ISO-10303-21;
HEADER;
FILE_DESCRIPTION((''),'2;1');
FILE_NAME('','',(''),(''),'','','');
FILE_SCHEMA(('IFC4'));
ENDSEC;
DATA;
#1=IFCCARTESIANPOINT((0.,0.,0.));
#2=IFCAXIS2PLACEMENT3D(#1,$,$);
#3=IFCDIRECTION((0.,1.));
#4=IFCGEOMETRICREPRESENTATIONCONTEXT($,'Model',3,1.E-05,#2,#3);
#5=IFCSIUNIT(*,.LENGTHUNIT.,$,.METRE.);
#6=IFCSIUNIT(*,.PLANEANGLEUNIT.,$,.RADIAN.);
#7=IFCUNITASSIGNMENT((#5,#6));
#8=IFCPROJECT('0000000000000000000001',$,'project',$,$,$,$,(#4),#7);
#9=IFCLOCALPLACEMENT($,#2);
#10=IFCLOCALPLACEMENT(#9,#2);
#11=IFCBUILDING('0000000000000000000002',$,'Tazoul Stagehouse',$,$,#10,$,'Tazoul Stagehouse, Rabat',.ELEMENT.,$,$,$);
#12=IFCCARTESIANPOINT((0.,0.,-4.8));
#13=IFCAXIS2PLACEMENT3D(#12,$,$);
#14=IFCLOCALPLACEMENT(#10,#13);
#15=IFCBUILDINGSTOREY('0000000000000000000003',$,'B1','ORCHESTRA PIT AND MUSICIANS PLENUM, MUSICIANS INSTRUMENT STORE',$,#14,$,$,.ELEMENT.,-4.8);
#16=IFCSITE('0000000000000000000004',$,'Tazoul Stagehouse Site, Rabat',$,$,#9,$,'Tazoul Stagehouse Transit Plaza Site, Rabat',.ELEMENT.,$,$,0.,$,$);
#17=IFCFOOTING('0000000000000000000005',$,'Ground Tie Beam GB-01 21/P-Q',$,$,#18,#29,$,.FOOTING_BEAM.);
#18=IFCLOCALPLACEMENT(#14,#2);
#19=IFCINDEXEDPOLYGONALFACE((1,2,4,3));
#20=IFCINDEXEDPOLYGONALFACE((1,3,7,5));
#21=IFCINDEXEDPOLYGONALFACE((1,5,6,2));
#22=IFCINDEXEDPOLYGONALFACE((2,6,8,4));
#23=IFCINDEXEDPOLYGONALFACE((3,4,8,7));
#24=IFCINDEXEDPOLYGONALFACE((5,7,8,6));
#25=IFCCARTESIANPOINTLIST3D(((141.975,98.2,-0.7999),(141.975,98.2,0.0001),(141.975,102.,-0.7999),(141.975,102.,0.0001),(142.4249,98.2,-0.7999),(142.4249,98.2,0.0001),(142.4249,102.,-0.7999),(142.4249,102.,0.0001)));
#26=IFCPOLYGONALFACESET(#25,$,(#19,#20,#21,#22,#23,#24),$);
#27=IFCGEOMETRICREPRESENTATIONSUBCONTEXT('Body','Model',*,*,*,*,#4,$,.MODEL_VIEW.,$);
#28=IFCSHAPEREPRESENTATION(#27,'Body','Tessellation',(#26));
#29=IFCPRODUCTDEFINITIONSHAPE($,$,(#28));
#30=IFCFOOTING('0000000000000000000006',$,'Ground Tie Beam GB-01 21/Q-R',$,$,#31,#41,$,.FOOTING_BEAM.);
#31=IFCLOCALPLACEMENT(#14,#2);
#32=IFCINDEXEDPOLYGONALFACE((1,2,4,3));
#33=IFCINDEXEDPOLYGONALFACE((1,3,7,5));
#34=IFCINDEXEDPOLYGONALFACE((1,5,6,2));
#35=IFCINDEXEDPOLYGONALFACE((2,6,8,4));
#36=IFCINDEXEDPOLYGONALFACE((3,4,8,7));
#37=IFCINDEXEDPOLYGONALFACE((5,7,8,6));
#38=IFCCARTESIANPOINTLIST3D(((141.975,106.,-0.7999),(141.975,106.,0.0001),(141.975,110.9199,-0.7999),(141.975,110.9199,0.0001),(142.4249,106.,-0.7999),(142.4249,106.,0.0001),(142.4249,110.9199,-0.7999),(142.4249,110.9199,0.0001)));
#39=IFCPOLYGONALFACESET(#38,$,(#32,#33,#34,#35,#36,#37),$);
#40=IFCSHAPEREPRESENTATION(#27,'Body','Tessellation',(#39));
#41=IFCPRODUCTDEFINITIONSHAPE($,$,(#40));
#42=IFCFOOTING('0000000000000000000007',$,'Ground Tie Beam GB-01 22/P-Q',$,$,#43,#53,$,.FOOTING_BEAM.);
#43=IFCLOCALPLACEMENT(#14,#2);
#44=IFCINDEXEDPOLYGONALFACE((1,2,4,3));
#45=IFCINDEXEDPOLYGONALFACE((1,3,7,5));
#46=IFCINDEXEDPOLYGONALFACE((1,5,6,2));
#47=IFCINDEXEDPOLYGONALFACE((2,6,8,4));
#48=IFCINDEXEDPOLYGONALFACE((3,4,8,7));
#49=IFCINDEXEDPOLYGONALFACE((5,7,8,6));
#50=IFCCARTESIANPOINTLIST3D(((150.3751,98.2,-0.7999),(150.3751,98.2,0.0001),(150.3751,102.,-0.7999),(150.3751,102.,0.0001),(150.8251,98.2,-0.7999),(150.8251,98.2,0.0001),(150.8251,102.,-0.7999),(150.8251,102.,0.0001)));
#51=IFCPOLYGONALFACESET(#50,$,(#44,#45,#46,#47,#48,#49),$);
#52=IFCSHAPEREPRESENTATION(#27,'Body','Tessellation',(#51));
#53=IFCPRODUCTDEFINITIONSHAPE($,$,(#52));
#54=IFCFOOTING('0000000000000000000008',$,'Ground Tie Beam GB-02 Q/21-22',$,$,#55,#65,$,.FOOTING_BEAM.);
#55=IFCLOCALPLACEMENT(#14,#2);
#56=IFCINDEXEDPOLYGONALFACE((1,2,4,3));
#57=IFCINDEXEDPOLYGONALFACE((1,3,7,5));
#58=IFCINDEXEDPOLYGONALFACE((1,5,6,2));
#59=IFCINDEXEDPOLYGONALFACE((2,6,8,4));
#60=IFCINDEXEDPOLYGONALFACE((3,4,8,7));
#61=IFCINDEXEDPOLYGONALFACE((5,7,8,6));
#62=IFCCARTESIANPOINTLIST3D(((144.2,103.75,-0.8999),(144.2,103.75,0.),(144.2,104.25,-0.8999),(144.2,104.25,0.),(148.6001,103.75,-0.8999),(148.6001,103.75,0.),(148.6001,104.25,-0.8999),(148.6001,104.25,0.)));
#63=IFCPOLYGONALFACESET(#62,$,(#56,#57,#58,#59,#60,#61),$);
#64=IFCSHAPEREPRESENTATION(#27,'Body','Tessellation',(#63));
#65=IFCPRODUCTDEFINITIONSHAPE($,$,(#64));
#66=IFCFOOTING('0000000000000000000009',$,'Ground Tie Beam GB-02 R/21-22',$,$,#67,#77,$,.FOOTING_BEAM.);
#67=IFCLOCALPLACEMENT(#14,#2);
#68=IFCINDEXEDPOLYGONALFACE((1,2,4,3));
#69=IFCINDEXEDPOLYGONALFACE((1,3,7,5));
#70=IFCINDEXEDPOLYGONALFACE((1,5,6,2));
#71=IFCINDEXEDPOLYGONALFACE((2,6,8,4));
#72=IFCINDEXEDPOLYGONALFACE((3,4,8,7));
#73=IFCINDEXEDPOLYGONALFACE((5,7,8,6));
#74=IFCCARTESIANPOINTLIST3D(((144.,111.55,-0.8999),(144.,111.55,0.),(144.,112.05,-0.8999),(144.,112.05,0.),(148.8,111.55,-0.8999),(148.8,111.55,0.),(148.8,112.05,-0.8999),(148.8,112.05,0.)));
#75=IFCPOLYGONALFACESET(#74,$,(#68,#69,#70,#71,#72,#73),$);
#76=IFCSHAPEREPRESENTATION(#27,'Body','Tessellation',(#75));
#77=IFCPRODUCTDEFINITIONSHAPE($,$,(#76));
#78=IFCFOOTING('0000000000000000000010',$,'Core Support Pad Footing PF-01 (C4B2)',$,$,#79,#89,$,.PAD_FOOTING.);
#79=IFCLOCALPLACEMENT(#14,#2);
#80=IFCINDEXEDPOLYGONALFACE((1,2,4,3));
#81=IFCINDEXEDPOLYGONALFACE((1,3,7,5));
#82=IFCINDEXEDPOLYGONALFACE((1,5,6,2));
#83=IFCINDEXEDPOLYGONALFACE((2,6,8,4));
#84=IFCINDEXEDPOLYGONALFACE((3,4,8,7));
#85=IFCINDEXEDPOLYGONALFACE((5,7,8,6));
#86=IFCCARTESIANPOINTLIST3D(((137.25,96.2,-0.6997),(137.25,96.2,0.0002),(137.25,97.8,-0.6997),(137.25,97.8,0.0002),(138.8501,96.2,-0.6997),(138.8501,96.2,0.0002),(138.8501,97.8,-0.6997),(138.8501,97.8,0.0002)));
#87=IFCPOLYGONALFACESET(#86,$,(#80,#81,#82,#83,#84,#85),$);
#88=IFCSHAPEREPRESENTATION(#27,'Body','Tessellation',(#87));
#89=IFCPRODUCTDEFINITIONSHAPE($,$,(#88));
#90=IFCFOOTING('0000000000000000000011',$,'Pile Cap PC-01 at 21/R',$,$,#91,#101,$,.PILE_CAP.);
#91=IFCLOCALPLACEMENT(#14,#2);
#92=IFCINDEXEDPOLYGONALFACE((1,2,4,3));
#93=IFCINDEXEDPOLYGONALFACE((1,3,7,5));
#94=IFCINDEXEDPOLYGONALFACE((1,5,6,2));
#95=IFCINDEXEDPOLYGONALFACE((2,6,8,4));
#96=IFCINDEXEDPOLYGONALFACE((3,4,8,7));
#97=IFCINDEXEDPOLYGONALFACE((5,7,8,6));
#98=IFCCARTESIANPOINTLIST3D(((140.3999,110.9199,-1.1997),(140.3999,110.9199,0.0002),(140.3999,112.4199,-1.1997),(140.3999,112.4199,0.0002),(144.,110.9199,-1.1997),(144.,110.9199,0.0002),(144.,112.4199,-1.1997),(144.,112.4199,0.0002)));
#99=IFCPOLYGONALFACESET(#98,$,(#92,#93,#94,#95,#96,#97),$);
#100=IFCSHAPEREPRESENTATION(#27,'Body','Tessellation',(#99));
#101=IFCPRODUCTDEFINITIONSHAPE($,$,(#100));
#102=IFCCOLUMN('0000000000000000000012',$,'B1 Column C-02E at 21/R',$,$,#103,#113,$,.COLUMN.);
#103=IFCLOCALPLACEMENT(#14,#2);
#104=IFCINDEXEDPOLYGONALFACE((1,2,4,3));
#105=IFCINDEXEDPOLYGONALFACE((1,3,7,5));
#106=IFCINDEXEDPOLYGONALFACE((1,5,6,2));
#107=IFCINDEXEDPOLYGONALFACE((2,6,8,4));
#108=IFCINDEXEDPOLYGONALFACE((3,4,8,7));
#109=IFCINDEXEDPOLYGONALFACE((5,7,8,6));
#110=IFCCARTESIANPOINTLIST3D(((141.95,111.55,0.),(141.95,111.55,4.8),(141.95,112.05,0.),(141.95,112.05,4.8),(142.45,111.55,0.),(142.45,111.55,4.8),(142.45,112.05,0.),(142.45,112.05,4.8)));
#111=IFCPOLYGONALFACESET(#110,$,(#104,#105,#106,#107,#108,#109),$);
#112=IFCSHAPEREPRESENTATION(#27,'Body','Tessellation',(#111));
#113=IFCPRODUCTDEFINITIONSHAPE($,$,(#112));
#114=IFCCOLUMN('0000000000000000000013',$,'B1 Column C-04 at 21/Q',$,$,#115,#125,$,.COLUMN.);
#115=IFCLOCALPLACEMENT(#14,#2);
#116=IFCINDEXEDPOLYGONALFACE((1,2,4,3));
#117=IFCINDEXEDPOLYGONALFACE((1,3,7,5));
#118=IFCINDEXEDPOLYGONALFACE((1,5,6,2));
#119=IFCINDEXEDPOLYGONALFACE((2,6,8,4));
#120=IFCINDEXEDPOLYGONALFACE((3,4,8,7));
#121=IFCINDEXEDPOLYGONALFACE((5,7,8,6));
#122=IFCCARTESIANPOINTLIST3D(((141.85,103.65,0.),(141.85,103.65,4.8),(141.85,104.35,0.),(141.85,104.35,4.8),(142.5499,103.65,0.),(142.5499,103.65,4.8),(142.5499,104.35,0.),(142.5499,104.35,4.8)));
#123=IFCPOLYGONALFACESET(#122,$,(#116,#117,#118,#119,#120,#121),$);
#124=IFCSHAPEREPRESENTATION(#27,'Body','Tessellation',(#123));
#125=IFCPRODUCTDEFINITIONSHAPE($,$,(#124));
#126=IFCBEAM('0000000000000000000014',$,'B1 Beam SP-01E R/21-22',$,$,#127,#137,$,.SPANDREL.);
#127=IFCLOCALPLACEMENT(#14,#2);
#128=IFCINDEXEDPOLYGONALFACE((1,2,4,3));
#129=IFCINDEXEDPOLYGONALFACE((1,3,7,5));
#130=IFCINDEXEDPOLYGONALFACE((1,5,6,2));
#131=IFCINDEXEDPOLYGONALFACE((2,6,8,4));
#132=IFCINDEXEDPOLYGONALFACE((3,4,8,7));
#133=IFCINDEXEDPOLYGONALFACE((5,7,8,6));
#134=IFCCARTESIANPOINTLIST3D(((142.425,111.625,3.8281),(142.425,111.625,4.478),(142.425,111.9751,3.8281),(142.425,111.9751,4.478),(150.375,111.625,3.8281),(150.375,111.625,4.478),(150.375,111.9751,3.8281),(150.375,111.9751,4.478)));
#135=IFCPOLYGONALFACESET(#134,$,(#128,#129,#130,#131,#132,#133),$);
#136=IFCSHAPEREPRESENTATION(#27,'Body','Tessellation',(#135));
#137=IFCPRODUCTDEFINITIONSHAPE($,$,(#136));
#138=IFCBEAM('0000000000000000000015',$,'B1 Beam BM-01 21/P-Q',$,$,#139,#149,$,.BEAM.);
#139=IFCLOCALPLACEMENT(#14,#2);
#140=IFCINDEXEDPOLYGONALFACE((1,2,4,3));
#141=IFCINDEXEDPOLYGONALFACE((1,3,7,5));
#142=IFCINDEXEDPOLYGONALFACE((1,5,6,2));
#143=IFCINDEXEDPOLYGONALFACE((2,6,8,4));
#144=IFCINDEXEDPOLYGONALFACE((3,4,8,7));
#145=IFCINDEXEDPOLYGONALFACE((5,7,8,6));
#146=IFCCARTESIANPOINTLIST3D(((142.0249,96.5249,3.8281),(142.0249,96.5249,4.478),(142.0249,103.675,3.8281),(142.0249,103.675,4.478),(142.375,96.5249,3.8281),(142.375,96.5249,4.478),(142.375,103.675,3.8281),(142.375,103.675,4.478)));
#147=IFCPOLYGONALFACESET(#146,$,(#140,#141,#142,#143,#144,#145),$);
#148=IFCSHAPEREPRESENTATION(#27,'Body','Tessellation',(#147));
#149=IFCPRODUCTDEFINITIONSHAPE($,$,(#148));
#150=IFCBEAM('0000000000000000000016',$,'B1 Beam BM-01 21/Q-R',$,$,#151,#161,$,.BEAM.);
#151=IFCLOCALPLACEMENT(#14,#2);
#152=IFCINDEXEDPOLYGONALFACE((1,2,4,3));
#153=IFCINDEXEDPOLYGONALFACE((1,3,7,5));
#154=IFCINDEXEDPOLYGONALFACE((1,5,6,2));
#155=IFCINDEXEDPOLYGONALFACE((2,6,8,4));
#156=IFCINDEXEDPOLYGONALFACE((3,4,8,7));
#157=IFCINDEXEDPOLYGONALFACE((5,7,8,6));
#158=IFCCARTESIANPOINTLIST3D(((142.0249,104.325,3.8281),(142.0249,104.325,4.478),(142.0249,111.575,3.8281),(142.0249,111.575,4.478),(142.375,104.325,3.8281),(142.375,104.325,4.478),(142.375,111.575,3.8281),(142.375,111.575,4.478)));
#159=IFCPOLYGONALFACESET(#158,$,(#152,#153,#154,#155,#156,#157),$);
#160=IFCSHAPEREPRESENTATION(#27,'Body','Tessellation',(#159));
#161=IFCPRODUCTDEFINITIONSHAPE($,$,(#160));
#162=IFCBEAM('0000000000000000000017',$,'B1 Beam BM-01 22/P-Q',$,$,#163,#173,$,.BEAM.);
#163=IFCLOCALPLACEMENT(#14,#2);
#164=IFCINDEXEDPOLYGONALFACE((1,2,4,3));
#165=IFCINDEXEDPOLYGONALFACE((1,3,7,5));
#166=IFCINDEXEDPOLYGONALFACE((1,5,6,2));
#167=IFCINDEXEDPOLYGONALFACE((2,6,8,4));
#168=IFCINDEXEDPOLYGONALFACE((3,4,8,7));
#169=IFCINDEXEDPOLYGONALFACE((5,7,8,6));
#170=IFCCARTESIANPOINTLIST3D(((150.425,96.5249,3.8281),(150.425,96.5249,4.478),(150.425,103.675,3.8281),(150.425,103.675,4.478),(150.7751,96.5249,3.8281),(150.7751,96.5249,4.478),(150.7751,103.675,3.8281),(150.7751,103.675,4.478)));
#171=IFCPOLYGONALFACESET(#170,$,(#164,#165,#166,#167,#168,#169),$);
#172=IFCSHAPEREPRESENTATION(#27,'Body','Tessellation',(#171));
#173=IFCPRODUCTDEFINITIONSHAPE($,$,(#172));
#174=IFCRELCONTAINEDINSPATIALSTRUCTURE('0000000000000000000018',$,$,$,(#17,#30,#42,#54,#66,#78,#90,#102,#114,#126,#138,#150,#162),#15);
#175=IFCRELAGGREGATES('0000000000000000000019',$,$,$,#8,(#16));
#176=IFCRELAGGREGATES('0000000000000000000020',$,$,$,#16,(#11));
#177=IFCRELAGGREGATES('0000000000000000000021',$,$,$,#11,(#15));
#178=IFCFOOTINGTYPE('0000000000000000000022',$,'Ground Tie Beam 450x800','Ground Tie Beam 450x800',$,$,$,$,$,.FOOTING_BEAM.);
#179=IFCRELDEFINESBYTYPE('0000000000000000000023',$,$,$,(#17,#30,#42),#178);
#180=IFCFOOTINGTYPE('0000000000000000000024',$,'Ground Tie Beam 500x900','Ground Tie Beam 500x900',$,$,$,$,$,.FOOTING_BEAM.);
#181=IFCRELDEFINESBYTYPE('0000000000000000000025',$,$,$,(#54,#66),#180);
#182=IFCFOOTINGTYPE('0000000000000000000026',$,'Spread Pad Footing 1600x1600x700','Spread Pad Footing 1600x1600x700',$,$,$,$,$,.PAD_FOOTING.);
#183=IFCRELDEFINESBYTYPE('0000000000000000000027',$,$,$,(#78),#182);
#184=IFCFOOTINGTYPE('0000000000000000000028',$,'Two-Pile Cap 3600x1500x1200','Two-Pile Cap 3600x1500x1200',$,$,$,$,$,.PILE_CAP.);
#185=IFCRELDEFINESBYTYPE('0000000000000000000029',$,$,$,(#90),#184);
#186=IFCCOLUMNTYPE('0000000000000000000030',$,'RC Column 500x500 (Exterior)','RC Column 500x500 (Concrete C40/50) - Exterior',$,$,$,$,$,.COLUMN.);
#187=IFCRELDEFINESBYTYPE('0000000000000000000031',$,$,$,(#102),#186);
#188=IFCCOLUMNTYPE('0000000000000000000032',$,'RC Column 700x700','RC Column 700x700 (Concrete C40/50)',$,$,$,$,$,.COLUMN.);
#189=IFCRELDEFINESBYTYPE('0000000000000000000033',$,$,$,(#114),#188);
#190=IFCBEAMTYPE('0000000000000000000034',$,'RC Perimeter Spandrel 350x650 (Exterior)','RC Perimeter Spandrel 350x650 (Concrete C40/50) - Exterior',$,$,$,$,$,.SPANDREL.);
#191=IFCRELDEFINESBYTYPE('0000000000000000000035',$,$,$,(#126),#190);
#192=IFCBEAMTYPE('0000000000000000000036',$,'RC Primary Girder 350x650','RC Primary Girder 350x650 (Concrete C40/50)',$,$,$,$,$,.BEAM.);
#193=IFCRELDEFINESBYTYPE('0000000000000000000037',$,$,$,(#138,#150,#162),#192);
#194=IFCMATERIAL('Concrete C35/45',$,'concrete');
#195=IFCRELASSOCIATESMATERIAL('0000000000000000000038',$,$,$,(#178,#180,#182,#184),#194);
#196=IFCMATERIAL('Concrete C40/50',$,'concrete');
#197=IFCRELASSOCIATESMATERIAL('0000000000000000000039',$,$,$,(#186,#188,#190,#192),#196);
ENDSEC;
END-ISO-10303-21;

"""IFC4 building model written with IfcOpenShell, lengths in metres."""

from ifc_helpers import new_model, si_unit, direction, frame, origin, origin_2d, place, context, subcontext, project, spatial, rectangle, extrude, material, material_profile, profile_set, type_object, element, save


model = new_model("IFC4")

# Units and contexts
model_context = context("Model", 3, precision=1e-05, world=origin(), true_north=direction((0.0, 1.0)))
body_context = subcontext(model_context, "Body", "Model", "MODEL_VIEW")
ifc_project = project(units=[si_unit("LENGTHUNIT", "METRE"), si_unit("PLANEANGLEUNIT", "RADIAN")], contexts=[model_context])

# Site, building, storey
site_placement = place(None, origin())
site = spatial("IfcSite", under=ifc_project, at=site_placement, Name="Tazoul Stagehouse Site, Rabat", LongName="Tazoul Stagehouse Transit Plaza Site, Rabat", CompositionType="ELEMENT", RefElevation=0.0)
building_placement = place(site_placement, origin())
building = spatial("IfcBuilding", under=site, at=building_placement, Name="Tazoul Stagehouse", LongName="Tazoul Stagehouse, Rabat", CompositionType="ELEMENT")
storey_placement = place(building_placement, frame((0.0, 0.0, -4.8)))
storey = spatial("IfcBuildingStorey", under=building, at=storey_placement, Name="B1", Description="ORCHESTRA PIT AND MUSICIANS PLENUM, MUSICIANS INSTRUMENT STORE", CompositionType="ELEMENT", Elevation=-4.8)

# Shared definitions
ifc_material_1 = material(Name="Concrete C35/45", Category="concrete")

# Footings
ifc_material_profile_1 = material_profile(ifc_material_1, rectangle(XDim=0.45, YDim=0.8, at=origin_2d()), Name="RC 450x800")
ifc_profile_set_1 = profile_set([ifc_material_profile_1], Name="Concrete C35/45")
footing_type_1 = type_object("IfcFootingType", Name="Ground Tie Beam 450x800", Description="Ground Tie Beam 450x800", PredefinedType="FOOTING_BEAM", material=ifc_profile_set_1)
footing_1_placement = place(storey_placement, frame((142.2, 98.2, -0.3999), z_axis=(0.0, 1.0, 0.0), x_axis=(-1.0, 0.0, 0.0)))
element("IfcFooting", 1, at=footing_1_placement, inside=storey, type_object=footing_type_1, Name="Ground Tie Beam GB-01 21/P-Q", PredefinedType="FOOTING_BEAM", context=body_context, shape_type="SweptSolid", body=[
    extrude(rectangle(XDim=0.45, YDim=0.8, at=origin_2d()), origin(), (0.0, 0.0, 1.0), 3.8),
])
footing_2_placement = place(storey_placement, frame((142.2, 106.0, -0.3999), z_axis=(0.0, 1.0, 0.0), x_axis=(-1.0, 0.0, 0.0)))
element("IfcFooting", 2, at=footing_2_placement, inside=storey, type_object=footing_type_1, Name="Ground Tie Beam GB-01 21/Q-R", PredefinedType="FOOTING_BEAM", context=body_context, shape_type="SweptSolid", body=[
    extrude(rectangle(XDim=0.45, YDim=0.8, at=origin_2d()), origin(), (0.0, 0.0, 1.0), 4.9199),
])
footing_3_placement = place(storey_placement, frame((150.6001, 98.2, -0.3999), z_axis=(0.0, 1.0, 0.0), x_axis=(-1.0, 0.0, 0.0)))
element("IfcFooting", 3, at=footing_3_placement, inside=storey, type_object=footing_type_1, Name="Ground Tie Beam GB-01 22/P-Q", PredefinedType="FOOTING_BEAM", context=body_context, shape_type="SweptSolid", body=[
    extrude(rectangle(XDim=0.45, YDim=0.8, at=origin_2d()), origin(), (0.0, 0.0, 1.0), 3.8),
])
ifc_material_profile_2 = material_profile(ifc_material_1, rectangle(XDim=0.5, YDim=0.8999, at=origin_2d()), Name="RC 500x900")
ifc_profile_set_2 = profile_set([ifc_material_profile_2], Name="Concrete C35/45")
footing_type_2 = type_object("IfcFootingType", Name="Ground Tie Beam 500x900", Description="Ground Tie Beam 500x900", PredefinedType="FOOTING_BEAM", material=ifc_profile_set_2)
footing_4_placement = place(storey_placement, frame((144.2, 104.0, -0.45), z_axis=(1.0, 0.0, 0.0), x_axis=(0.0, 1.0, 0.0)))
element("IfcFooting", 4, at=footing_4_placement, inside=storey, type_object=footing_type_2, Name="Ground Tie Beam GB-02 Q/21-22", PredefinedType="FOOTING_BEAM", context=body_context, shape_type="SweptSolid", body=[
    extrude(rectangle(XDim=0.5, YDim=0.8999, at=origin_2d()), origin(), (0.0, 0.0, 1.0), 4.4001),
])
footing_5_placement = place(storey_placement, frame((144.0, 111.8, -0.45), z_axis=(1.0, 0.0, 0.0), x_axis=(0.0, 1.0, 0.0)))
element("IfcFooting", 5, at=footing_5_placement, inside=storey, type_object=footing_type_2, Name="Ground Tie Beam GB-02 R/21-22", PredefinedType="FOOTING_BEAM", context=body_context, shape_type="SweptSolid", body=[
    extrude(rectangle(XDim=0.5, YDim=0.8999, at=origin_2d()), origin(), (0.0, 0.0, 1.0), 4.8),
])
footing_type_3 = type_object("IfcFootingType", Name="Spread Pad Footing 1600x1600x700", Description="Spread Pad Footing 1600x1600x700", PredefinedType="PAD_FOOTING", material=ifc_material_1)
footing_6_placement = place(storey_placement, frame((138.05, 97.0, -0.6997), z_axis=(0.0, 0.0, 1.0), x_axis=(1.0, 0.0, 0.0)))
element("IfcFooting", 6, at=footing_6_placement, inside=storey, type_object=footing_type_3, Name="Core Support Pad Footing PF-01 (C4B2)", PredefinedType="PAD_FOOTING", context=body_context, shape_type="SweptSolid", body=[
    extrude(rectangle(XDim=1.6001, YDim=1.6001, at=origin_2d()), origin(), (0.0, 0.0, 1.0), 0.7),
])
footing_type_4 = type_object("IfcFootingType", Name="Two-Pile Cap 3600x1500x1200", Description="Two-Pile Cap 3600x1500x1200", PredefinedType="PILE_CAP", material=ifc_material_1)
footing_7_placement = place(storey_placement, frame((142.2, 111.6699, -1.1997), z_axis=(0.0, 0.0, 1.0), x_axis=(1.0, 0.0, 0.0)))
element("IfcFooting", 7, at=footing_7_placement, inside=storey, type_object=footing_type_4, Name="Pile Cap PC-01 at 21/R", PredefinedType="PILE_CAP", context=body_context, shape_type="SweptSolid", body=[
    extrude(rectangle(XDim=3.6001, YDim=1.5, at=origin_2d()), origin(), (0.0, 0.0, 1.0), 1.2),
])

# Columns
ifc_material_2 = material(Name="Concrete C40/50", Category="concrete")
ifc_material_profile_3 = material_profile(ifc_material_2, rectangle(XDim=0.5, YDim=0.5, at=origin_2d()), Name="RC 500x500")
ifc_profile_set_3 = profile_set([ifc_material_profile_3], Name="Concrete C40/50")
column_type_1 = type_object("IfcColumnType", Name="RC Column 500x500 (Exterior)", Description="RC Column 500x500 (Concrete C40/50) - Exterior", PredefinedType="COLUMN", material=ifc_profile_set_3)
column_1_placement = place(storey_placement, frame((142.2, 111.8, 0.0), z_axis=(0.0, 0.0, 1.0), x_axis=(1.0, 0.0, 0.0)))
element("IfcColumn", 8, at=column_1_placement, inside=storey, type_object=column_type_1, Name="B1 Column C-02E at 21/R", PredefinedType="COLUMN", context=body_context, shape_type="SweptSolid", body=[
    extrude(rectangle(XDim=0.5, YDim=0.5, at=origin_2d()), origin(), (0.0, 0.0, 1.0), 4.8),
])
ifc_material_profile_4 = material_profile(ifc_material_2, rectangle(XDim=0.7, YDim=0.7, at=origin_2d()), Name="RC 700x700")
ifc_profile_set_4 = profile_set([ifc_material_profile_4], Name="Concrete C40/50")
column_type_2 = type_object("IfcColumnType", Name="RC Column 700x700", Description="RC Column 700x700 (Concrete C40/50)", PredefinedType="COLUMN", material=ifc_profile_set_4)
column_2_placement = place(storey_placement, frame((142.2, 104.0, 0.0), z_axis=(0.0, 0.0, 1.0), x_axis=(1.0, 0.0, 0.0)))
element("IfcColumn", 9, at=column_2_placement, inside=storey, type_object=column_type_2, Name="B1 Column C-04 at 21/Q", PredefinedType="COLUMN", context=body_context, shape_type="SweptSolid", body=[
    extrude(rectangle(XDim=0.7, YDim=0.7, at=origin_2d()), origin(), (0.0, 0.0, 1.0), 4.8),
])

# Beams
ifc_material_profile_5 = material_profile(ifc_material_2, rectangle(XDim=0.3501, YDim=0.6499, at=origin_2d()), Name="RC 350x650")
ifc_profile_set_5 = profile_set([ifc_material_profile_5], Name="Concrete C40/50")
beam_type_1 = type_object("IfcBeamType", Name="RC Perimeter Spandrel 350x650 (Exterior)", Description="RC Perimeter Spandrel 350x650 (Concrete C40/50) - Exterior", PredefinedType="SPANDREL", material=ifc_profile_set_5)
beam_1_placement = place(storey_placement, frame((142.425, 111.8, 4.1531), z_axis=(1.0, 0.0, 0.0), x_axis=(0.0, 1.0, 0.0)))
element("IfcBeam", 10, at=beam_1_placement, inside=storey, type_object=beam_type_1, Name="B1 Beam SP-01E R/21-22", PredefinedType="SPANDREL", context=body_context, shape_type="SweptSolid", body=[
    extrude(rectangle(XDim=0.3501, YDim=0.6499, at=origin_2d()), origin(), (0.0, 0.0, 1.0), 7.95),
])
ifc_material_profile_6 = material_profile(ifc_material_2, rectangle(XDim=0.3501, YDim=0.6499, at=origin_2d()), Name="RC 350x650")
ifc_profile_set_6 = profile_set([ifc_material_profile_6], Name="Concrete C40/50")
beam_type_2 = type_object("IfcBeamType", Name="RC Primary Girder 350x650", Description="RC Primary Girder 350x650 (Concrete C40/50)", PredefinedType="BEAM", material=ifc_profile_set_6)
beam_2_placement = place(storey_placement, frame((142.2, 96.5249, 4.1531), z_axis=(0.0, 1.0, 0.0), x_axis=(-1.0, 0.0, 0.0)))
element("IfcBeam", 11, at=beam_2_placement, inside=storey, type_object=beam_type_2, Name="B1 Beam BM-01 21/P-Q", PredefinedType="BEAM", context=body_context, shape_type="SweptSolid", body=[
    extrude(rectangle(XDim=0.3501, YDim=0.6499, at=origin_2d()), origin(), (0.0, 0.0, 1.0), 7.1501),
])
beam_3_placement = place(storey_placement, frame((142.2, 104.325, 4.1531), z_axis=(0.0, 1.0, 0.0), x_axis=(-1.0, 0.0, 0.0)))
element("IfcBeam", 12, at=beam_3_placement, inside=storey, type_object=beam_type_2, Name="B1 Beam BM-01 21/Q-R", PredefinedType="BEAM", context=body_context, shape_type="SweptSolid", body=[
    extrude(rectangle(XDim=0.3501, YDim=0.6499, at=origin_2d()), origin(), (0.0, 0.0, 1.0), 7.25),
])
beam_4_placement = place(storey_placement, frame((150.6001, 96.5249, 4.1531), z_axis=(0.0, 1.0, 0.0), x_axis=(-1.0, 0.0, 0.0)))
element("IfcBeam", 13, at=beam_4_placement, inside=storey, type_object=beam_type_2, Name="B1 Beam BM-01 22/P-Q", PredefinedType="BEAM", context=body_context, shape_type="SweptSolid", body=[
    extrude(rectangle(XDim=0.3501, YDim=0.6499, at=origin_2d()), origin(), (0.0, 0.0, 1.0), 7.1501),
])

save(model, "model.ifc")
